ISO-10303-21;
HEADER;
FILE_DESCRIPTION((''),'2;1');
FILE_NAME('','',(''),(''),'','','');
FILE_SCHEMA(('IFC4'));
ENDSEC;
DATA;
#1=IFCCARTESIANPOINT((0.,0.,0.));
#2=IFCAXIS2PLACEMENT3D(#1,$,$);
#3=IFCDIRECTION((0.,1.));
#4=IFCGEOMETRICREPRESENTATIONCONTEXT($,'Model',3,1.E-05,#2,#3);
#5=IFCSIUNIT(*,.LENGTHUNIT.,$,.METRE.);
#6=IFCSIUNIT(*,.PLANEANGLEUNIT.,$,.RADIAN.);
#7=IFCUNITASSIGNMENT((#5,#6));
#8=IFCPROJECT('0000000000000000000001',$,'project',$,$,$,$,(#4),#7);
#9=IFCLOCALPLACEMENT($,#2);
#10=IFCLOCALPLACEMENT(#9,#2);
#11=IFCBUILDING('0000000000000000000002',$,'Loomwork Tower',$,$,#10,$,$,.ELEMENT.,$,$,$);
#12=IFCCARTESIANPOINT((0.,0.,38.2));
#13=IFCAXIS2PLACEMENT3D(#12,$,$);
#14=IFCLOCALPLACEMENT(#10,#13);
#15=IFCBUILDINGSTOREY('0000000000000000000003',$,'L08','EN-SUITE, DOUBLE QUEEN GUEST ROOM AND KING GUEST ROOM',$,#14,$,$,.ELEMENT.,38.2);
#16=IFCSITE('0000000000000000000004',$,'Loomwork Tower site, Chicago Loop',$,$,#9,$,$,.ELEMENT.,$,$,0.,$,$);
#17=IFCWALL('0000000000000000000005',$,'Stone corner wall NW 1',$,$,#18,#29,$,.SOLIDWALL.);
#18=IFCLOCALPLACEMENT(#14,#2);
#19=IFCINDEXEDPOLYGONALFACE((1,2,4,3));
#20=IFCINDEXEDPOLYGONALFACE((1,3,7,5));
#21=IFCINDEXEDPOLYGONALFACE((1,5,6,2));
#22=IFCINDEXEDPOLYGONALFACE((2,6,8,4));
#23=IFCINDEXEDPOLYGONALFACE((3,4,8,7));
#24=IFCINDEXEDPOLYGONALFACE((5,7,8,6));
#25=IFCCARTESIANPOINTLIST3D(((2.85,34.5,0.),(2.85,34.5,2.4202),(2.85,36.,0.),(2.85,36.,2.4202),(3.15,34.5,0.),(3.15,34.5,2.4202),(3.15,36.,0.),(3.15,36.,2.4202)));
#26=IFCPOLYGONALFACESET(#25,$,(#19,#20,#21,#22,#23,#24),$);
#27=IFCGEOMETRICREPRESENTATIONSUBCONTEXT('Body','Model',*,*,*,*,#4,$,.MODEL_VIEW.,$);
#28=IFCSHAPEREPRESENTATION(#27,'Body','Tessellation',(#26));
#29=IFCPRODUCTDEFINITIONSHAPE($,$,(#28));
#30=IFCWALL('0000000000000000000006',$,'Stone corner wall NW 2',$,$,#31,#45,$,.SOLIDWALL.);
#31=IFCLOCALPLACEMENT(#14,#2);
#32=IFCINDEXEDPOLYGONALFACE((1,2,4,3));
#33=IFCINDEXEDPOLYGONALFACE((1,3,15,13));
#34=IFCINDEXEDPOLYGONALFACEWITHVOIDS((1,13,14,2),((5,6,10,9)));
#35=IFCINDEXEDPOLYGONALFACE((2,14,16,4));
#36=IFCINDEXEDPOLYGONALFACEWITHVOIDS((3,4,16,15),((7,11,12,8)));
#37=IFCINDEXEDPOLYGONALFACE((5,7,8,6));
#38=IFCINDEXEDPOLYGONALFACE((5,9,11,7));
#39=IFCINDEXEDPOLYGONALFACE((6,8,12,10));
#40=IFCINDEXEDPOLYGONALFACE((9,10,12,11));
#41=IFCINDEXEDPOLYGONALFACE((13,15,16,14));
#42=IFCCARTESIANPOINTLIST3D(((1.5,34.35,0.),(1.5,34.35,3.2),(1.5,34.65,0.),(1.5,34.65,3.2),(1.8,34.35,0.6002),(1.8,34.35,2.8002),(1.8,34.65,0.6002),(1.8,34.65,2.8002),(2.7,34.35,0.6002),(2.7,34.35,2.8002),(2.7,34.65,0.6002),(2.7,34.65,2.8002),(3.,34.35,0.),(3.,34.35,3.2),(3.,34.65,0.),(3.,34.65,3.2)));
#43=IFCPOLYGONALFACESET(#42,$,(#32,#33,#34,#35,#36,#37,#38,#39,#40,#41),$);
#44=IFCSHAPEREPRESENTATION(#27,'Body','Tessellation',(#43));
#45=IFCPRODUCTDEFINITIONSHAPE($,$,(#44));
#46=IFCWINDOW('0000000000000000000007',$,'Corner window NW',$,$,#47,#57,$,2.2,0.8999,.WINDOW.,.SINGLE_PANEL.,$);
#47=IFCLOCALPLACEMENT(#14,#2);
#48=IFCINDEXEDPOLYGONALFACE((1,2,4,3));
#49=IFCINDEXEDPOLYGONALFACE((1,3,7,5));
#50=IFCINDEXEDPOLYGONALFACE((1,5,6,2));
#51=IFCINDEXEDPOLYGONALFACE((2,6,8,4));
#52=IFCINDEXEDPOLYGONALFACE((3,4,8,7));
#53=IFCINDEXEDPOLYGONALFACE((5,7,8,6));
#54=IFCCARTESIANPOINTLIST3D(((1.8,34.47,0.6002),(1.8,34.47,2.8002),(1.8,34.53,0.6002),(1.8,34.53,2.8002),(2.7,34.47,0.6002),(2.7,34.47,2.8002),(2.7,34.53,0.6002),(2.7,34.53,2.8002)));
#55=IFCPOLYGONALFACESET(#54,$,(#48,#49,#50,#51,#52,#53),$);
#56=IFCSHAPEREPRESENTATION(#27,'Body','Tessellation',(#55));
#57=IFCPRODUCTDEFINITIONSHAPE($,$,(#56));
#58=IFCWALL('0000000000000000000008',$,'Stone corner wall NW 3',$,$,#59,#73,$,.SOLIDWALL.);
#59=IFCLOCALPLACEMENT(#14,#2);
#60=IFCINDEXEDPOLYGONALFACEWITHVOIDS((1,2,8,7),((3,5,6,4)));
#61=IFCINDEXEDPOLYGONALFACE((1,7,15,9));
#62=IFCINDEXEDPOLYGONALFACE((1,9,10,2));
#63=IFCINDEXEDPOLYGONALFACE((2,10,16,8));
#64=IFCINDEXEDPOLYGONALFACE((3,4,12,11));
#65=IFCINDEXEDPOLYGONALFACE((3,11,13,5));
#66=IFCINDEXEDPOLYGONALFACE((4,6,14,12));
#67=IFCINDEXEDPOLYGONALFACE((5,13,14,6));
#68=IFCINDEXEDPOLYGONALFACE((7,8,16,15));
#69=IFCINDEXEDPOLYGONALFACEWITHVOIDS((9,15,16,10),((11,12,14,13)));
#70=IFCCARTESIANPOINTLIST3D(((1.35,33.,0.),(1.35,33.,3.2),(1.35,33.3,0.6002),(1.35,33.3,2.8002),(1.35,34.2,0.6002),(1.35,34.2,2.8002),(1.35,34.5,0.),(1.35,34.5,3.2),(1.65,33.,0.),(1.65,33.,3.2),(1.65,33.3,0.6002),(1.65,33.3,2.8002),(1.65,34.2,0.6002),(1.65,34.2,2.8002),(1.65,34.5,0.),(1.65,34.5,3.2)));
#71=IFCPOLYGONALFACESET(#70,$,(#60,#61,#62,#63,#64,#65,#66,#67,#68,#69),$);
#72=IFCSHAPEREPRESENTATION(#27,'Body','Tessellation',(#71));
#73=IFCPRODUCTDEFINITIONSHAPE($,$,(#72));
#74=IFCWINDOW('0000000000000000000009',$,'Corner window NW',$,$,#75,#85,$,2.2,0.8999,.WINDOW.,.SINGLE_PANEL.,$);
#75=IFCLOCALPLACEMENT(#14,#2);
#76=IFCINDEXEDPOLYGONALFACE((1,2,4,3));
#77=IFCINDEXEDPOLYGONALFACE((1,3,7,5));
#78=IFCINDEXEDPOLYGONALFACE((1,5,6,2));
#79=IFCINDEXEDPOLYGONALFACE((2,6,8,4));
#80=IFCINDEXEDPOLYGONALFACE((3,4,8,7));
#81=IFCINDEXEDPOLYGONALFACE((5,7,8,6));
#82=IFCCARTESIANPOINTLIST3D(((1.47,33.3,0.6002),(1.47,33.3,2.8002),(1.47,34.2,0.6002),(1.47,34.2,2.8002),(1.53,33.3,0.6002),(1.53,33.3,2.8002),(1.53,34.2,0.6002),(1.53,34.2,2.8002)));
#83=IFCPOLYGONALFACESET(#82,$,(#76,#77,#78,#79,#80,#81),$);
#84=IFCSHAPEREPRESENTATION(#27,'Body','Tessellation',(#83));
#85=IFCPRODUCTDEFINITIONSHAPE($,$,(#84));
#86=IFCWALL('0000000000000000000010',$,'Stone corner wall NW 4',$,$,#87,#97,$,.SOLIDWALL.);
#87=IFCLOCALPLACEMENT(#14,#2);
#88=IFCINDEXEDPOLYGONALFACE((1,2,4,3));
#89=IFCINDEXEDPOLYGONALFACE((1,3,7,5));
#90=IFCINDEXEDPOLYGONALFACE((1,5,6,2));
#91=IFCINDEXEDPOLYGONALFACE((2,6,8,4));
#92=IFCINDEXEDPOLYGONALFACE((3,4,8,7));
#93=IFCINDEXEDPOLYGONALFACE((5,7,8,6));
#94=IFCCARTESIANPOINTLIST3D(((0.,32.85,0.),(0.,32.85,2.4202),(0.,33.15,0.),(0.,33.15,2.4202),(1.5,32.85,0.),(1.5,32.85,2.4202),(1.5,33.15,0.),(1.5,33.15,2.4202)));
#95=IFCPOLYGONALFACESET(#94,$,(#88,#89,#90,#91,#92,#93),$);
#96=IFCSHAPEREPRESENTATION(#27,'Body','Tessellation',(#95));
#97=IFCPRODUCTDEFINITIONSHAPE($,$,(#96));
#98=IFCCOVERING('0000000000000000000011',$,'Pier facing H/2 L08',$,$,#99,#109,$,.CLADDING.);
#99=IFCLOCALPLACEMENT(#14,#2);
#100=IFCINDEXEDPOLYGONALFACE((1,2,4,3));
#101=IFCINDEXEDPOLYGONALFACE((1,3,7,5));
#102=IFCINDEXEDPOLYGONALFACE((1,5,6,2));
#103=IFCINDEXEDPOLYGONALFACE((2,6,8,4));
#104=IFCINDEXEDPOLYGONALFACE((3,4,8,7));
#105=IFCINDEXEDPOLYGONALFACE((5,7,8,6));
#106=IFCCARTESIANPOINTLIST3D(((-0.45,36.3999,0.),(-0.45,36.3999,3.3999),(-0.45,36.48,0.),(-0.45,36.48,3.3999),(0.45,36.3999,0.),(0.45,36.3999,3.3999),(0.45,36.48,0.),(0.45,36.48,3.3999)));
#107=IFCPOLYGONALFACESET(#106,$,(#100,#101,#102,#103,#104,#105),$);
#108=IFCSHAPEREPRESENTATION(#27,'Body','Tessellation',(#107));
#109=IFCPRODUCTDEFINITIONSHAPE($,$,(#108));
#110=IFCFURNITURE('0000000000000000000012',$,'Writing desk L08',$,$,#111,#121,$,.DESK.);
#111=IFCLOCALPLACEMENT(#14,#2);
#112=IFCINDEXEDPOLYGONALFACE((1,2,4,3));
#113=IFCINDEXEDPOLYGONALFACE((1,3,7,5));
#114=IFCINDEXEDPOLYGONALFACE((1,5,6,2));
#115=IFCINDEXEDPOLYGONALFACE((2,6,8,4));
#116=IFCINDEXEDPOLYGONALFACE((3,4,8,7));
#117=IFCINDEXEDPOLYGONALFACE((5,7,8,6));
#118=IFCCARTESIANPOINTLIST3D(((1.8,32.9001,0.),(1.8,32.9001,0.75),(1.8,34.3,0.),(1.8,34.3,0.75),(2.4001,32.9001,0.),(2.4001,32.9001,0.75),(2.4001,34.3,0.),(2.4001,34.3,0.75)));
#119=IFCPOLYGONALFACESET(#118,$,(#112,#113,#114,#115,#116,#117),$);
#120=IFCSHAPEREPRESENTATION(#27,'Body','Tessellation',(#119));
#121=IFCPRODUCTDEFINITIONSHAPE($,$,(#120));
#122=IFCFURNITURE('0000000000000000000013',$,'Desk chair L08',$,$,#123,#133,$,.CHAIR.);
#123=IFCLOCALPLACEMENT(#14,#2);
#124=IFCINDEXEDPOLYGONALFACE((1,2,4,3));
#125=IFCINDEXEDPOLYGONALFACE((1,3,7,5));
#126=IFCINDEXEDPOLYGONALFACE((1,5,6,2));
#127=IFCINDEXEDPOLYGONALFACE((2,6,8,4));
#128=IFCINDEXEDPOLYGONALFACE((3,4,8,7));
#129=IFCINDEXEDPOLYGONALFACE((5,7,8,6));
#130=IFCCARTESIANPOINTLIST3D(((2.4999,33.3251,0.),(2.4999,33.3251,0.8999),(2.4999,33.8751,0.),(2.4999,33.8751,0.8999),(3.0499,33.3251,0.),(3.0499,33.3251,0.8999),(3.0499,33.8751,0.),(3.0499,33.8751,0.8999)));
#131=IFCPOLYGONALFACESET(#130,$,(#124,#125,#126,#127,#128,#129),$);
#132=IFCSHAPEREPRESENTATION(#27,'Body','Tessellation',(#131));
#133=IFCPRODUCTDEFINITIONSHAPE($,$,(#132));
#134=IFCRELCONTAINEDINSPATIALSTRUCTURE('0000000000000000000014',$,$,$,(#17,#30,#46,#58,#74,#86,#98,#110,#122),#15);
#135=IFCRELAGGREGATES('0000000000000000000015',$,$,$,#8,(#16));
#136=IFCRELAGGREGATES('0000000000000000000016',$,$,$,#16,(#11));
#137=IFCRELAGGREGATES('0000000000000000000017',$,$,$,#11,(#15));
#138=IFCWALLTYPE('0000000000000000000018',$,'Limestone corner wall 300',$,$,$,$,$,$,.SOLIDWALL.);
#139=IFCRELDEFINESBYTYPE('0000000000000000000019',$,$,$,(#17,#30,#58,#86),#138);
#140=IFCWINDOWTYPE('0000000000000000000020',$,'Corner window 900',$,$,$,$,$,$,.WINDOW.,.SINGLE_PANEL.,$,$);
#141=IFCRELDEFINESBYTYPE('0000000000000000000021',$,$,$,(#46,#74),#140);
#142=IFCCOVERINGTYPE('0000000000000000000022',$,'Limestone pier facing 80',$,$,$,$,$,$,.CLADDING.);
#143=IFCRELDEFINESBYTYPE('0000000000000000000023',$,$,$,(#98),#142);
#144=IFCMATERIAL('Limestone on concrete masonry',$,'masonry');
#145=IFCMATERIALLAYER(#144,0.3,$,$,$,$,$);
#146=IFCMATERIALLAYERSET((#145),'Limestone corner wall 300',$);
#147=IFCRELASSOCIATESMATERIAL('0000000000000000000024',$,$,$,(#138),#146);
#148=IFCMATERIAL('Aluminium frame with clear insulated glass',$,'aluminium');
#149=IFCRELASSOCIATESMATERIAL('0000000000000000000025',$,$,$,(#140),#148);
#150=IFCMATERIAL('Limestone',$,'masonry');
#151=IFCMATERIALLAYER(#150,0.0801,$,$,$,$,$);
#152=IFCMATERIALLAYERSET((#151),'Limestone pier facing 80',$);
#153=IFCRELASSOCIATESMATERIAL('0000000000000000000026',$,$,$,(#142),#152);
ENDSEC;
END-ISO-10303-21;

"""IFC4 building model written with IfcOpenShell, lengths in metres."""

from ifc_helpers import new_model, si_unit, direction, frame, frame_2d, origin, origin_2d, place, context, subcontext, project, spatial, rectangle, extrude, material, layer, layer_set, type_object, element, fill, save


model = new_model("IFC4")

# Units and contexts
model_context = context("Model", 3, precision=1e-05, world=origin(), true_north=direction((0.0, 1.0)))
body_context = subcontext(model_context, "Body", "Model", "MODEL_VIEW")
ifc_project = project(units=[si_unit("LENGTHUNIT", "METRE"), si_unit("PLANEANGLEUNIT", "RADIAN")], contexts=[model_context])

# Site, building, storey
site_placement = place(None, origin())
site = spatial("IfcSite", under=ifc_project, at=site_placement, Name="Loomwork Tower site, Chicago Loop", CompositionType="ELEMENT", RefElevation=0.0)
building_placement = place(site_placement, origin())
building = spatial("IfcBuilding", under=site, at=building_placement, Name="Loomwork Tower", CompositionType="ELEMENT")
storey_placement = place(building_placement, frame((0.0, 0.0, 38.2)))
storey = spatial("IfcBuildingStorey", under=building, at=storey_placement, Name="L08", Description="EN-SUITE, DOUBLE QUEEN GUEST ROOM AND KING GUEST ROOM", CompositionType="ELEMENT", Elevation=38.2)

# Wall
ifc_material_1 = material(Name="Limestone on concrete masonry", Category="masonry")
ifc_layer_1 = layer(ifc_material_1, 0.3)
ifc_layer_set_1 = layer_set([ifc_layer_1], Name="Limestone corner wall 300")
wall_type_1 = type_object("IfcWallType", Name="Limestone corner wall 300", PredefinedType="SOLIDWALL", material=ifc_layer_set_1)
wall_1_placement = place(storey_placement, frame((3.0, 36.0, 0.0), z_axis=(0.0, 0.0, 1.0), x_axis=(0.0, -1.0, 0.0)))
element("IfcWall", 1, at=wall_1_placement, inside=storey, type_object=wall_type_1, Name="Stone corner wall NW 1", PredefinedType="SOLIDWALL", context=body_context, shape_type="SweptSolid", body=[
    extrude(rectangle(XDim=1.5, YDim=0.3, at=frame_2d((0.75, 0.0))), origin(), (0.0, 0.0, 1.0), 2.4202),
])

# Walls, openings, windows
wall_2_placement = place(storey_placement, frame((3.0, 34.5, 0.0), z_axis=(0.0, 0.0, 1.0), x_axis=(-1.0, 0.0, 0.0)))
wall_2 = element("IfcWall", 2, at=wall_2_placement, inside=storey, type_object=wall_type_1, Name="Stone corner wall NW 2", PredefinedType="SOLIDWALL", context=body_context, shape_type="SweptSolid", body=[
    extrude(rectangle(XDim=1.5, YDim=0.3, at=frame_2d((0.75, 0.0))), origin(), (0.0, 0.0, 1.0), 3.2),
])
opening_1_placement = place(wall_2_placement, frame((0.3, 0.0, 0.6001)))
opening_1 = element("IfcOpeningElement", 3, at=opening_1_placement, cuts=wall_2, PredefinedType="OPENING", context=body_context, shape_type="SweptSolid", body=[
    extrude(rectangle(XDim=0.8999, YDim=2.2, at=frame_2d((0.45, 1.1001))), frame((0.0, 0.1599, 0.0), z_axis=(0.0, -1.0, 0.0), x_axis=(1.0, 0.0, 0.0)), (0.0, 0.0, 1.0), 0.3201),
])
ifc_material_2 = material(Name="Aluminium frame with clear insulated glass", Category="aluminium")
window_type_1 = type_object("IfcWindowType", Name="Corner window 900", PartitioningType="SINGLE_PANEL", PredefinedType="WINDOW", material=ifc_material_2)
window_1_placement = place(opening_1_placement, origin())
window_1 = element("IfcWindow", 4, at=window_1_placement, inside=storey, type_object=window_type_1, Name="Corner window NW", OverallHeight=2.2, OverallWidth=0.8999, PartitioningType="SINGLE_PANEL", PredefinedType="WINDOW", context=body_context, shape_type="SweptSolid", body=[
    extrude(rectangle(XDim=0.8999, YDim=2.2, at=frame_2d((0.45, 1.1001))), frame((0.0, 0.03, 0.0), z_axis=(0.0, -1.0, 0.0), x_axis=(1.0, 0.0, 0.0)), (0.0, 0.0, 1.0), 0.0601),
])
fill(opening_1, window_1)
wall_3_placement = place(storey_placement, frame((1.5, 34.5, 0.0), z_axis=(0.0, 0.0, 1.0), x_axis=(0.0, -1.0, 0.0)))
wall_3 = element("IfcWall", 5, at=wall_3_placement, inside=storey, type_object=wall_type_1, Name="Stone corner wall NW 3", PredefinedType="SOLIDWALL", context=body_context, shape_type="SweptSolid", body=[
    extrude(rectangle(XDim=1.5, YDim=0.3, at=frame_2d((0.75, 0.0))), origin(), (0.0, 0.0, 1.0), 3.2),
])
opening_2_placement = place(wall_3_placement, frame((0.3, 0.0, 0.6001)))
opening_2 = element("IfcOpeningElement", 6, at=opening_2_placement, cuts=wall_3, PredefinedType="OPENING", context=body_context, shape_type="SweptSolid", body=[
    extrude(rectangle(XDim=0.8999, YDim=2.2, at=frame_2d((0.45, 1.1001))), frame((0.0, 0.1599, 0.0), z_axis=(0.0, -1.0, 0.0), x_axis=(1.0, 0.0, 0.0)), (0.0, 0.0, 1.0), 0.3201),
])
window_2_placement = place(opening_2_placement, origin())
window_2 = element("IfcWindow", 7, at=window_2_placement, inside=storey, type_object=window_type_1, Name="Corner window NW", OverallHeight=2.2, OverallWidth=0.8999, PartitioningType="SINGLE_PANEL", PredefinedType="WINDOW", context=body_context, shape_type="SweptSolid", body=[
    extrude(rectangle(XDim=0.8999, YDim=2.2, at=frame_2d((0.45, 1.1001))), frame((0.0, 0.03, 0.0), z_axis=(0.0, -1.0, 0.0), x_axis=(1.0, 0.0, 0.0)), (0.0, 0.0, 1.0), 0.0601),
])
fill(opening_2, window_2)

# Wall
wall_4_placement = place(storey_placement, frame((1.5, 33.0, 0.0), z_axis=(0.0, 0.0, 1.0), x_axis=(-1.0, 0.0, 0.0)))
element("IfcWall", 8, at=wall_4_placement, inside=storey, type_object=wall_type_1, Name="Stone corner wall NW 4", PredefinedType="SOLIDWALL", context=body_context, shape_type="SweptSolid", body=[
    extrude(rectangle(XDim=1.5, YDim=0.3, at=frame_2d((0.75, 0.0))), origin(), (0.0, 0.0, 1.0), 2.4202),
])

# Covering
ifc_material_3 = material(Name="Limestone", Category="masonry")
ifc_layer_2 = layer(ifc_material_3, 0.0801)
ifc_layer_set_2 = layer_set([ifc_layer_2], Name="Limestone pier facing 80")
covering_type = type_object("IfcCoveringType", Name="Limestone pier facing 80", PredefinedType="CLADDING", material=ifc_layer_set_2)
covering_placement = place(storey_placement, frame((0.0, 36.4399, 0.0), z_axis=(0.0, 0.0, 1.0), x_axis=(1.0, 0.0, 0.0)))
element("IfcCovering", 9, at=covering_placement, inside=storey, type_object=covering_type, Name="Pier facing H/2 L08", PredefinedType="CLADDING", context=body_context, shape_type="SweptSolid", body=[
    extrude(rectangle(XDim=0.8999, YDim=0.0801, at=origin_2d()), origin(), (0.0, 0.0, 1.0), 3.3999),
])

# Furniture
furniture_1_placement = place(storey_placement, frame((2.1001, 33.6001, 0.0), z_axis=(0.0, 0.0, 1.0), x_axis=(1.0, 0.0, 0.0)))
element("IfcFurniture", 10, at=furniture_1_placement, inside=storey, Name="Writing desk L08", PredefinedType="DESK", context=body_context, shape_type="SweptSolid", body=[
    extrude(rectangle(XDim=0.6001, YDim=1.3999, at=origin_2d()), origin(), (0.0, 0.0, 1.0), 0.75),
])
furniture_2_placement = place(storey_placement, frame((2.7749, 33.6001, 0.0), z_axis=(0.0, 0.0, 1.0), x_axis=(1.0, 0.0, 0.0)))
element("IfcFurniture", 11, at=furniture_2_placement, inside=storey, Name="Desk chair L08", PredefinedType="CHAIR", context=body_context, shape_type="SweptSolid", body=[
    extrude(rectangle(XDim=0.55, YDim=0.55, at=origin_2d()), origin(), (0.0, 0.0, 1.0), 0.8999),
])

save(model, "model.ifc")
